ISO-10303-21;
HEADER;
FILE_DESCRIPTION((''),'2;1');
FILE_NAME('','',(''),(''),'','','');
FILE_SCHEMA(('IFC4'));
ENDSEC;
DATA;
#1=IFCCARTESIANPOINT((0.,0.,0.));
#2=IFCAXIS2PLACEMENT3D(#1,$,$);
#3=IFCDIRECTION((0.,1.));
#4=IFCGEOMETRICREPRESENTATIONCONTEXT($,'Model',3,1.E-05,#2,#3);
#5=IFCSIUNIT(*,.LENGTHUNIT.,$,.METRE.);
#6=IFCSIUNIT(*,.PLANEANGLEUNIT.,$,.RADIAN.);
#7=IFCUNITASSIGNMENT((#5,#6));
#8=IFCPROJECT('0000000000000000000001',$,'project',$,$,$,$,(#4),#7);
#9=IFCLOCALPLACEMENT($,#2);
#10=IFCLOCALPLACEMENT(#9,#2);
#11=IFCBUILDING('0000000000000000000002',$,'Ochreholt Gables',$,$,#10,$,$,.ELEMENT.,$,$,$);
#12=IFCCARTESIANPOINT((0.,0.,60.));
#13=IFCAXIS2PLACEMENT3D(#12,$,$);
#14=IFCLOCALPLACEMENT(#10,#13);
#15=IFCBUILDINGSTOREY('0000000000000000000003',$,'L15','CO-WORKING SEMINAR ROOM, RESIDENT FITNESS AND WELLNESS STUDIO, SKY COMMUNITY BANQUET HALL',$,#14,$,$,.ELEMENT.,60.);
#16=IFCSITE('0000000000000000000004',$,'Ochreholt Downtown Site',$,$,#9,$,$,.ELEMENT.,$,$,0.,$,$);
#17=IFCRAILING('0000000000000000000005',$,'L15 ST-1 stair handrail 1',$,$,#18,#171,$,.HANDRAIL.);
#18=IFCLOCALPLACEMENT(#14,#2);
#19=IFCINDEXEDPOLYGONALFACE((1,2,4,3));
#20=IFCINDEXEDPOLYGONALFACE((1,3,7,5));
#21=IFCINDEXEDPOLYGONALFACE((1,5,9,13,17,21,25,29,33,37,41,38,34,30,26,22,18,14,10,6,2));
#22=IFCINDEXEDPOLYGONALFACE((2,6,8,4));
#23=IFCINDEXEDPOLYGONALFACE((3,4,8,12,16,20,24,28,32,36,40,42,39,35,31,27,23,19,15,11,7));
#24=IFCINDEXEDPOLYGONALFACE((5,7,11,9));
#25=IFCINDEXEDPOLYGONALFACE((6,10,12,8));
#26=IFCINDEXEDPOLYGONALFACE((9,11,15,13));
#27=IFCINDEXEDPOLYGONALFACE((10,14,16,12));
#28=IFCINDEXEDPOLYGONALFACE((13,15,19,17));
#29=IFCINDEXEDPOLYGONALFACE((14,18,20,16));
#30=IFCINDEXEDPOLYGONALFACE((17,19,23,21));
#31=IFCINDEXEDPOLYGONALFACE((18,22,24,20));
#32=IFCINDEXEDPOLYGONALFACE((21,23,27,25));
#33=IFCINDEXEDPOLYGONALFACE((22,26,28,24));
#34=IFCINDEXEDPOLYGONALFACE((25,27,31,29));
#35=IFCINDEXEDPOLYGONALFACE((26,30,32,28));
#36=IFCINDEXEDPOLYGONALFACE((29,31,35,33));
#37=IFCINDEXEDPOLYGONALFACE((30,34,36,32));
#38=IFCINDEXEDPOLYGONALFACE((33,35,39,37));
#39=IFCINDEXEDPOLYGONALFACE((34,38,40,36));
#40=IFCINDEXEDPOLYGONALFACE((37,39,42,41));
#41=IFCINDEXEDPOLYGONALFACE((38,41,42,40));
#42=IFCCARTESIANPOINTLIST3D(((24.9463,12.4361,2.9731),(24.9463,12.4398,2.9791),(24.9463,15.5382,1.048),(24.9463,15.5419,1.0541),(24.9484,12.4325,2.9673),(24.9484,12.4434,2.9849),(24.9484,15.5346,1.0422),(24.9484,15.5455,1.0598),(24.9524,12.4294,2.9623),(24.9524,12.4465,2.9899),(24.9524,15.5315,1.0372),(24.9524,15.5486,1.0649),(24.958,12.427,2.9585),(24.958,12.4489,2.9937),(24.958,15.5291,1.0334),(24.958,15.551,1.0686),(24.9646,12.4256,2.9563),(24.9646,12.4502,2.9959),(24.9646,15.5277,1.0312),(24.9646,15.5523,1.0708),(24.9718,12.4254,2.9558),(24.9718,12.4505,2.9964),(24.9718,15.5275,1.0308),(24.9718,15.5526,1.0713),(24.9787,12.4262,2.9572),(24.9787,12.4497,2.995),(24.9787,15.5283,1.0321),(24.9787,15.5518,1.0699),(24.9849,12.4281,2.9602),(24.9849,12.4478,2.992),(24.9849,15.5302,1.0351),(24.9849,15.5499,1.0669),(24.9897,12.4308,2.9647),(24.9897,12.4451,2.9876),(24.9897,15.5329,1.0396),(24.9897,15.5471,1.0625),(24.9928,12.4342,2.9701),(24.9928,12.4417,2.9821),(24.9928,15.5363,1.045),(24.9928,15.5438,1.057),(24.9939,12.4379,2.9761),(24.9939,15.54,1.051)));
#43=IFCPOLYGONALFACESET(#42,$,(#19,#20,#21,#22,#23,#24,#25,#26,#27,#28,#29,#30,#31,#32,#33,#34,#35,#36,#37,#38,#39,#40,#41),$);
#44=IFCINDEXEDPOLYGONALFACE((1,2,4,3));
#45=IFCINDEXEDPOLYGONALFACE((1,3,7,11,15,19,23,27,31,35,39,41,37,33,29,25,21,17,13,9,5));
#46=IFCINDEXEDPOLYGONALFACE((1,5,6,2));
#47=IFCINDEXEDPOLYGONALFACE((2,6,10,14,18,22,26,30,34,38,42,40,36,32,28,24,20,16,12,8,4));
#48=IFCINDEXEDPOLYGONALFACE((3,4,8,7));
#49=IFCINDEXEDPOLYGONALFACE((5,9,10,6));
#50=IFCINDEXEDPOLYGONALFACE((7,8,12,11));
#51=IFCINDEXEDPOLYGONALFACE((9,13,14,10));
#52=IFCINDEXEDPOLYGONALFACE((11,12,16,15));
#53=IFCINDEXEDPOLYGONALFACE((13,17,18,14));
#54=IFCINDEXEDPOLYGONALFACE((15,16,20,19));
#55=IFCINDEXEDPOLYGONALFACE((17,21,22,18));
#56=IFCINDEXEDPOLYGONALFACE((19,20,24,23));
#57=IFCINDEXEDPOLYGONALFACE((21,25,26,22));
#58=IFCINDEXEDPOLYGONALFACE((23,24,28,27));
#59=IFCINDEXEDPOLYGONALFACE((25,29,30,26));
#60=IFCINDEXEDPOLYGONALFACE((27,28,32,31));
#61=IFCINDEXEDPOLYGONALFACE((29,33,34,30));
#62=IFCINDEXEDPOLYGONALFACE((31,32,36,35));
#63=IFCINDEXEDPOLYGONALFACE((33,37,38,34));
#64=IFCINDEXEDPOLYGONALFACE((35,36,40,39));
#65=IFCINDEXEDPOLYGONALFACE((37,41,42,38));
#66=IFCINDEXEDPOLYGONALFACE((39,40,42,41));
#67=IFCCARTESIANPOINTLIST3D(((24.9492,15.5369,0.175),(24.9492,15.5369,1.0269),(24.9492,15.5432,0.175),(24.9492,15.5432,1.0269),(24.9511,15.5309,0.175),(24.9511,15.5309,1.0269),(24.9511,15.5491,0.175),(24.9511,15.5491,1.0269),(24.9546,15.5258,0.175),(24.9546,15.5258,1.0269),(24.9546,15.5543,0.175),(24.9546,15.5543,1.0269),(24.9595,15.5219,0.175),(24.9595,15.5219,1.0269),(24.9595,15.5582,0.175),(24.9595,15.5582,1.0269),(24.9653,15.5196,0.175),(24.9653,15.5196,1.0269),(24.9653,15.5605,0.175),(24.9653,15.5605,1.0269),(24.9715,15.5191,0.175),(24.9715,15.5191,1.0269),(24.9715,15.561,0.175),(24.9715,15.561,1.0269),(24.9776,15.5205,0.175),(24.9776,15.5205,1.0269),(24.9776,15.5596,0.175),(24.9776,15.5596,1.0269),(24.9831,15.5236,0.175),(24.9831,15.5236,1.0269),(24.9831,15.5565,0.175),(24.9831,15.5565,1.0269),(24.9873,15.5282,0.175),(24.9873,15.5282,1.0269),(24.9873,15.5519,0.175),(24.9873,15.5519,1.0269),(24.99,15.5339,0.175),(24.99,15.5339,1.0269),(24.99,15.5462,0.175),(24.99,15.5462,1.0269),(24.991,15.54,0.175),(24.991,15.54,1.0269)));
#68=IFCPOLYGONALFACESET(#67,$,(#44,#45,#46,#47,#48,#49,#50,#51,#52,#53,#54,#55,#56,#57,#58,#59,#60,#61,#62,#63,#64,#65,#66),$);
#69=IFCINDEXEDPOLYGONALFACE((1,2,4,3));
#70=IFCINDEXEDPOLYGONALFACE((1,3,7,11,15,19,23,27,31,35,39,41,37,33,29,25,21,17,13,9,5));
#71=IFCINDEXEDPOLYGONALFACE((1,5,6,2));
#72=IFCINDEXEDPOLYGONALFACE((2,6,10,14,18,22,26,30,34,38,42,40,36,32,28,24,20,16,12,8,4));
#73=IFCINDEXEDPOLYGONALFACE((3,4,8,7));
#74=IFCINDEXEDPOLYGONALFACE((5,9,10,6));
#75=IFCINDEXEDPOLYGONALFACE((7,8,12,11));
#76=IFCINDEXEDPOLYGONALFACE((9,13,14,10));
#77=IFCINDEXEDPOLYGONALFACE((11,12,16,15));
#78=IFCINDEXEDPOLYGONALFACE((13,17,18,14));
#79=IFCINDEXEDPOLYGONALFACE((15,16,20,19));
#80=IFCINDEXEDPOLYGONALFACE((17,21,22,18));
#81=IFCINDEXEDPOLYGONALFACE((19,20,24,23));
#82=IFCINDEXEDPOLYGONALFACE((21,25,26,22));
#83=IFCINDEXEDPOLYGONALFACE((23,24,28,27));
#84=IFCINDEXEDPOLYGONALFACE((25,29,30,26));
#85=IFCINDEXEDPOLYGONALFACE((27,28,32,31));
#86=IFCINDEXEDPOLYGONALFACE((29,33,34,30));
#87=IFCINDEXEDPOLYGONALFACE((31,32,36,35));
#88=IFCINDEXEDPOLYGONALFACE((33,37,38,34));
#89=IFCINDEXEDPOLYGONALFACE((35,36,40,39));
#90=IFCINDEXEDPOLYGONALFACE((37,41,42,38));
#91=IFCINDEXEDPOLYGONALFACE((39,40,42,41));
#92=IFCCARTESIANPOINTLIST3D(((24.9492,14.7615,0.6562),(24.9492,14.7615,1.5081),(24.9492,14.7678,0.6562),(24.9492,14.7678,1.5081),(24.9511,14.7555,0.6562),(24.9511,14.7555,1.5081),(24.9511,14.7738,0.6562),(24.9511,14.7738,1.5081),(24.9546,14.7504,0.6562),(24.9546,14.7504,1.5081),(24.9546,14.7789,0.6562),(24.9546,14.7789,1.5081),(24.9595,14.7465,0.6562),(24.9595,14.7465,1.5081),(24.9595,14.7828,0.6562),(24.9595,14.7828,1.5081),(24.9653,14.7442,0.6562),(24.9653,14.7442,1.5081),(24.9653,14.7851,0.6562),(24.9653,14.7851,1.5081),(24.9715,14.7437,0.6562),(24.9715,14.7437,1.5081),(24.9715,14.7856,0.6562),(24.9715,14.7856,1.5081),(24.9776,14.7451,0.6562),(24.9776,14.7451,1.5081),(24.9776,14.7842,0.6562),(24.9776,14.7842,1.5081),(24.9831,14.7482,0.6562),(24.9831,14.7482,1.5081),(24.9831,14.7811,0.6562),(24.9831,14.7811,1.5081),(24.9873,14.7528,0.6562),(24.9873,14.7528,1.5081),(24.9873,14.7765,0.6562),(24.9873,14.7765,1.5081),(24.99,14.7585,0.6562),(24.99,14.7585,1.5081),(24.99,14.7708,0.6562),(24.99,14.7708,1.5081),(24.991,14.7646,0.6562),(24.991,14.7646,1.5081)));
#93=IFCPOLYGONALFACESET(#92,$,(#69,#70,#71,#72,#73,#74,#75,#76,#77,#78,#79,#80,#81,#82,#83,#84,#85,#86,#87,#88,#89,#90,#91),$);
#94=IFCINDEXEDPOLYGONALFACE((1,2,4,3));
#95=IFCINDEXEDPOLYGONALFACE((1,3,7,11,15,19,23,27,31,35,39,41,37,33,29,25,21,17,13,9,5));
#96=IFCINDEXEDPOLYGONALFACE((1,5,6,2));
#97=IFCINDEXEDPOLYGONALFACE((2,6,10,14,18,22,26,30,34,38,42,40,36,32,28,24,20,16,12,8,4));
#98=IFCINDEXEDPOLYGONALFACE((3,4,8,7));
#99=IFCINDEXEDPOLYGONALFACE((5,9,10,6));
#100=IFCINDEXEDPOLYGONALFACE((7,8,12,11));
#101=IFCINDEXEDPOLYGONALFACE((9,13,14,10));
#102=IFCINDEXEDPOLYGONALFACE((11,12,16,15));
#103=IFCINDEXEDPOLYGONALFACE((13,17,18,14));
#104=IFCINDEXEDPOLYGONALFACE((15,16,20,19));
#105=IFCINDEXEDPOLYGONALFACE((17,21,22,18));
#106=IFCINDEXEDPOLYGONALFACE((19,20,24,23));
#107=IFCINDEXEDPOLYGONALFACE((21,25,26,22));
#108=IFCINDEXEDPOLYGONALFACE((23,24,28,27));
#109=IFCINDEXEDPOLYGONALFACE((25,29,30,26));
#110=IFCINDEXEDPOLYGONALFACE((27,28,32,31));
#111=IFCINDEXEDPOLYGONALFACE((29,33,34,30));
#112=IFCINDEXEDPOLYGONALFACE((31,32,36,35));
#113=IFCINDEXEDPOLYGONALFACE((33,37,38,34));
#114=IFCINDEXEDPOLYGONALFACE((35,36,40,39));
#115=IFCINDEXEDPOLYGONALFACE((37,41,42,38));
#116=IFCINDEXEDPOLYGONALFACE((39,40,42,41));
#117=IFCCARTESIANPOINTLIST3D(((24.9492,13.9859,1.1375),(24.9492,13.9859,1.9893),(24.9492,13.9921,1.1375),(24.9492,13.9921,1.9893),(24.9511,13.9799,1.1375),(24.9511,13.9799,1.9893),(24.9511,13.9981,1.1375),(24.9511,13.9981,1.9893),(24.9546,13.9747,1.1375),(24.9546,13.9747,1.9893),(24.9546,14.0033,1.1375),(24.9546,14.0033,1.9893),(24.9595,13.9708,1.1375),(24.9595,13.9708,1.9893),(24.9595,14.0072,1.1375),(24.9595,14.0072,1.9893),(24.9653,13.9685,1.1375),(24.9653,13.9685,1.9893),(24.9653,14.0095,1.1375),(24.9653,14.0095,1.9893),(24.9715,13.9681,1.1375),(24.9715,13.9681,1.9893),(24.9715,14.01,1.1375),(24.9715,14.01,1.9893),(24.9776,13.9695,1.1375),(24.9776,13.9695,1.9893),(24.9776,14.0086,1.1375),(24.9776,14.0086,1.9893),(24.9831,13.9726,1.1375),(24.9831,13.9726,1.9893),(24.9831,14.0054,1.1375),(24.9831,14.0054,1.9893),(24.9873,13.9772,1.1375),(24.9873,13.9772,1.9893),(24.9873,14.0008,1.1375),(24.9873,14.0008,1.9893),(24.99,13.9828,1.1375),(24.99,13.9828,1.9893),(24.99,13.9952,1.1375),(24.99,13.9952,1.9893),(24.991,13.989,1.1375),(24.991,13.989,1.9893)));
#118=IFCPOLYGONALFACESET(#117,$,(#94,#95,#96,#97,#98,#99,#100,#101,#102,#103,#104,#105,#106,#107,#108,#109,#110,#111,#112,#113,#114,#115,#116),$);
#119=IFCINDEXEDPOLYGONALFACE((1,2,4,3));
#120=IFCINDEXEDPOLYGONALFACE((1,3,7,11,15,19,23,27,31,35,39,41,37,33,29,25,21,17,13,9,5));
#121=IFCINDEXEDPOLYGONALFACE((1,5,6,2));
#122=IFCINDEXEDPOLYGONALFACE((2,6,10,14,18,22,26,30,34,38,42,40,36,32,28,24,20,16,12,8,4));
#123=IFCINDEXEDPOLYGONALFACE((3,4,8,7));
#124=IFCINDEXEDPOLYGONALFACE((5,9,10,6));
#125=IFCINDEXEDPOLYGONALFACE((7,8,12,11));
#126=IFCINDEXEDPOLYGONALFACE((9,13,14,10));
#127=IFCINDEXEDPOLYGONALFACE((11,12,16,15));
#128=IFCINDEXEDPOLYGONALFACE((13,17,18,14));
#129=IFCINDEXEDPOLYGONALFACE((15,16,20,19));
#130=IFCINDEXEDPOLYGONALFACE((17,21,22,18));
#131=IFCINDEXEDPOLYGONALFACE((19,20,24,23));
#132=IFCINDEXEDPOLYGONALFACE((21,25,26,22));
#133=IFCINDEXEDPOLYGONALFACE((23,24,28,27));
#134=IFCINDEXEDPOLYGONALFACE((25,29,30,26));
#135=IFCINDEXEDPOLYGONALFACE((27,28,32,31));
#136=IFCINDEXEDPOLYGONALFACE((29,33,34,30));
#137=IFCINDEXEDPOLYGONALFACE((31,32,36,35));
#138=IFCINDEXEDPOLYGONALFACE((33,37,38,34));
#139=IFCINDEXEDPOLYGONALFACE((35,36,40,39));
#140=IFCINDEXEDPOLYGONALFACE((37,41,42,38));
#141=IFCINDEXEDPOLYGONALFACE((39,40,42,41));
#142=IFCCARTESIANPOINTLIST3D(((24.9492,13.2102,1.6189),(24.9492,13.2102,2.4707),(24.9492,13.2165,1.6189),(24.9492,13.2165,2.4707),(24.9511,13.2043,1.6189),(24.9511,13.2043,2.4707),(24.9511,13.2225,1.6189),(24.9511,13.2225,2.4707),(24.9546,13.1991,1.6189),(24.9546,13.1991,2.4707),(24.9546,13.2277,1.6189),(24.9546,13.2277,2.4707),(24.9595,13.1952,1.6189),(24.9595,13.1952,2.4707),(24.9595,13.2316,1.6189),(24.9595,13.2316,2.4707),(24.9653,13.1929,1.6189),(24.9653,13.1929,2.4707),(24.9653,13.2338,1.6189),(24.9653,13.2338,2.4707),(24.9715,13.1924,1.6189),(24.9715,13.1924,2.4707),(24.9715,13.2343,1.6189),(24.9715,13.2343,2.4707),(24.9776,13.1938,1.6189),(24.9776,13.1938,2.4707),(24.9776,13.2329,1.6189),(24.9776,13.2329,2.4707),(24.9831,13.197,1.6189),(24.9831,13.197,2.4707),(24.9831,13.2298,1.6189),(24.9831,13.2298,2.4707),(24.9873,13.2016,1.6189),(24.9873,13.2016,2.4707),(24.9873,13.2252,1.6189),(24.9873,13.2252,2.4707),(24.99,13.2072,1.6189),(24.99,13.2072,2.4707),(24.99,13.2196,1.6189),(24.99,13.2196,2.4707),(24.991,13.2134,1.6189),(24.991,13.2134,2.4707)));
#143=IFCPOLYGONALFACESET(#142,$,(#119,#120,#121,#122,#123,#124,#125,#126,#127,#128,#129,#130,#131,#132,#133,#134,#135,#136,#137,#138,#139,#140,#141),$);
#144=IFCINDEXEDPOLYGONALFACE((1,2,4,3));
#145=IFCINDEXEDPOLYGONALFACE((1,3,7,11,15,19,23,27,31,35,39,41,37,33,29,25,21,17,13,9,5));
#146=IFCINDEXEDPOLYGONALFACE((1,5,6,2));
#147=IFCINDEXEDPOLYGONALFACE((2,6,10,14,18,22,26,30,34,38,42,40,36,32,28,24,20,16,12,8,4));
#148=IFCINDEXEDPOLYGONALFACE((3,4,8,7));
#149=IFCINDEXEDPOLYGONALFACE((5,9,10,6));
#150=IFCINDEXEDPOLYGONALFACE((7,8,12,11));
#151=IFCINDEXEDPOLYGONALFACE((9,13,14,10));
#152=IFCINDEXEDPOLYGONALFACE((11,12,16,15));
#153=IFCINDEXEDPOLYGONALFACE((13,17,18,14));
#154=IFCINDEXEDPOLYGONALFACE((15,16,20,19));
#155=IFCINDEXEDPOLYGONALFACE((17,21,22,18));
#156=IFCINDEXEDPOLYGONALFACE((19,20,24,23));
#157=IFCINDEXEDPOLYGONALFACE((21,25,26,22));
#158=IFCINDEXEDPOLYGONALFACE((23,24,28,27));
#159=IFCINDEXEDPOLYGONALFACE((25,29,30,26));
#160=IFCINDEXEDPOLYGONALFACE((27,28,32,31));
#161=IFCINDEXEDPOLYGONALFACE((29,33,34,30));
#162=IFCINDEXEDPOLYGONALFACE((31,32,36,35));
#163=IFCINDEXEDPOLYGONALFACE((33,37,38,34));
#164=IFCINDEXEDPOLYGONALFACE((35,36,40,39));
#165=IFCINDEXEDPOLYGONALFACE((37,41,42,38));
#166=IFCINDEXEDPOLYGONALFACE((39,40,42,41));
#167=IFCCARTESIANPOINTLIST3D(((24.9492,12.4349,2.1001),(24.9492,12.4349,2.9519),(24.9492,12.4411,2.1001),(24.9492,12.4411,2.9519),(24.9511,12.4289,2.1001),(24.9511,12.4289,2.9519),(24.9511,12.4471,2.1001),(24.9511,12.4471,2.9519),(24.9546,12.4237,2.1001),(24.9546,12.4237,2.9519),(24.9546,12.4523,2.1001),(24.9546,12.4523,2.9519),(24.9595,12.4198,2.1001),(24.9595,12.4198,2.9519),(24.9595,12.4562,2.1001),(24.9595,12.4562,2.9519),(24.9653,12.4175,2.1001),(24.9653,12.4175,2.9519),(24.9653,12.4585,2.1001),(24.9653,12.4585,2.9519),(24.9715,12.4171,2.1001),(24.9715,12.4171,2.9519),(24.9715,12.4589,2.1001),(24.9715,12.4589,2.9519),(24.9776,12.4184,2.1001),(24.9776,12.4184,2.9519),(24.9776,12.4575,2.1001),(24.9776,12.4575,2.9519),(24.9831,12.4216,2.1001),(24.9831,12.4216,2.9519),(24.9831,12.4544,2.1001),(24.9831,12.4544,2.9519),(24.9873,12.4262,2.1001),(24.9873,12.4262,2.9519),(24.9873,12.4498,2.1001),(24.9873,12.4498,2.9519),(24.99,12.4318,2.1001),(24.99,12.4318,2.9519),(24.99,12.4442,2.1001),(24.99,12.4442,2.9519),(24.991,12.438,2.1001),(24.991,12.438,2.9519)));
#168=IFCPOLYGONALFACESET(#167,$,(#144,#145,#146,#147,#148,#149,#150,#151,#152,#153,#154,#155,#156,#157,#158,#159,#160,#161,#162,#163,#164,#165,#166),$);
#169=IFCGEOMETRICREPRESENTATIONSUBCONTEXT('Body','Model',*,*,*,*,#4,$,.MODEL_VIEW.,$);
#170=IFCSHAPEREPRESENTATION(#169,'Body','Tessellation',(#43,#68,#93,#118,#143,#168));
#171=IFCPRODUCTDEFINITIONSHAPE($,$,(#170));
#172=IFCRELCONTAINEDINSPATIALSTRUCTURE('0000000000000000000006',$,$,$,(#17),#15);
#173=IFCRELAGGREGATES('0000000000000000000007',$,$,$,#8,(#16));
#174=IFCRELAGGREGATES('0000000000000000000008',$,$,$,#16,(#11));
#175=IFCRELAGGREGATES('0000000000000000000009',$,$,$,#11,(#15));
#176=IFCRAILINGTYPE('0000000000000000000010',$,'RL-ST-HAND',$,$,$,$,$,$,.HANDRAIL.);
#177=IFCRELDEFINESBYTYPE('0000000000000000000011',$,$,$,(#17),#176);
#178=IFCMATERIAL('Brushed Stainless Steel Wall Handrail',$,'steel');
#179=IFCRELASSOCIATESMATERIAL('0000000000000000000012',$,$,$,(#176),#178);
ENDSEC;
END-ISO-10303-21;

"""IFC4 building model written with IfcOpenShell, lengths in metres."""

from ifc_helpers import new_model, si_unit, direction, frame, origin, origin_2d, place, context, subcontext, project, spatial, circle, extrude, material, type_object, element, save


model = new_model("IFC4")

# Units and contexts
model_context = context("Model", 3, precision=1e-05, world=origin(), true_north=direction((0.0, 1.0)))
body_context = subcontext(model_context, "Body", "Model", "MODEL_VIEW")
ifc_project = project(units=[si_unit("LENGTHUNIT", "METRE"), si_unit("PLANEANGLEUNIT", "RADIAN")], contexts=[model_context])

# Site, building, storey
site_placement = place(None, origin())
site = spatial("IfcSite", under=ifc_project, at=site_placement, Name="Ochreholt Downtown Site", CompositionType="ELEMENT", RefElevation=0.0)
building_placement = place(site_placement, origin())
building = spatial("IfcBuilding", under=site, at=building_placement, Name="Ochreholt Gables", CompositionType="ELEMENT")
storey_placement = place(building_placement, frame((0.0, 0.0, 60.0)))
storey = spatial("IfcBuildingStorey", under=building, at=storey_placement, Name="L15", Description="CO-WORKING SEMINAR ROOM, RESIDENT FITNESS AND WELLNESS STUDIO, SKY COMMUNITY BANQUET HALL", CompositionType="ELEMENT", Elevation=60.0)

# Railing
ifc_material_1 = material(Name="Brushed Stainless Steel Wall Handrail", Category="steel")
railing_type_1 = type_object("IfcRailingType", Name="RL-ST-HAND", PredefinedType="HANDRAIL", material=ifc_material_1)
railing_1_placement = place(storey_placement, frame((24.97, 15.54, 0.175)))
element("IfcRailing", 1, at=railing_1_placement, inside=storey, type_object=railing_type_1, Name="L15 ST-1 stair handrail 1", PredefinedType="HANDRAIL", context=body_context, shape_type="SweptSolid", body=[
    extrude(circle(Radius=0.0239, at=origin_2d()), frame((0.0, 0.0, 0.876), z_axis=(0.0, -0.849685, 0.527291), x_axis=(1.0, 0.0, 0.0)), (0.0, 0.0, 1.0), 3.6509),
    extrude(circle(Radius=0.021, at=origin_2d()), origin(), (0.0, 0.0, 1.0), 0.8518),
    extrude(circle(Radius=0.021, at=origin_2d()), frame((0.0, -0.7754, 0.4812)), (0.0, 0.0, 1.0), 0.8518),
    extrude(circle(Radius=0.021, at=origin_2d()), frame((0.0, -1.551, 0.9624)), (0.0, 0.0, 1.0), 0.8518),
    extrude(circle(Radius=0.021, at=origin_2d()), frame((0.0, -2.3267, 1.4438)), (0.0, 0.0, 1.0), 0.8518),
    extrude(circle(Radius=0.021, at=origin_2d()), frame((0.0, -3.1021, 1.925)), (0.0, 0.0, 1.0), 0.8518),
])

save(model, "model.ifc")
